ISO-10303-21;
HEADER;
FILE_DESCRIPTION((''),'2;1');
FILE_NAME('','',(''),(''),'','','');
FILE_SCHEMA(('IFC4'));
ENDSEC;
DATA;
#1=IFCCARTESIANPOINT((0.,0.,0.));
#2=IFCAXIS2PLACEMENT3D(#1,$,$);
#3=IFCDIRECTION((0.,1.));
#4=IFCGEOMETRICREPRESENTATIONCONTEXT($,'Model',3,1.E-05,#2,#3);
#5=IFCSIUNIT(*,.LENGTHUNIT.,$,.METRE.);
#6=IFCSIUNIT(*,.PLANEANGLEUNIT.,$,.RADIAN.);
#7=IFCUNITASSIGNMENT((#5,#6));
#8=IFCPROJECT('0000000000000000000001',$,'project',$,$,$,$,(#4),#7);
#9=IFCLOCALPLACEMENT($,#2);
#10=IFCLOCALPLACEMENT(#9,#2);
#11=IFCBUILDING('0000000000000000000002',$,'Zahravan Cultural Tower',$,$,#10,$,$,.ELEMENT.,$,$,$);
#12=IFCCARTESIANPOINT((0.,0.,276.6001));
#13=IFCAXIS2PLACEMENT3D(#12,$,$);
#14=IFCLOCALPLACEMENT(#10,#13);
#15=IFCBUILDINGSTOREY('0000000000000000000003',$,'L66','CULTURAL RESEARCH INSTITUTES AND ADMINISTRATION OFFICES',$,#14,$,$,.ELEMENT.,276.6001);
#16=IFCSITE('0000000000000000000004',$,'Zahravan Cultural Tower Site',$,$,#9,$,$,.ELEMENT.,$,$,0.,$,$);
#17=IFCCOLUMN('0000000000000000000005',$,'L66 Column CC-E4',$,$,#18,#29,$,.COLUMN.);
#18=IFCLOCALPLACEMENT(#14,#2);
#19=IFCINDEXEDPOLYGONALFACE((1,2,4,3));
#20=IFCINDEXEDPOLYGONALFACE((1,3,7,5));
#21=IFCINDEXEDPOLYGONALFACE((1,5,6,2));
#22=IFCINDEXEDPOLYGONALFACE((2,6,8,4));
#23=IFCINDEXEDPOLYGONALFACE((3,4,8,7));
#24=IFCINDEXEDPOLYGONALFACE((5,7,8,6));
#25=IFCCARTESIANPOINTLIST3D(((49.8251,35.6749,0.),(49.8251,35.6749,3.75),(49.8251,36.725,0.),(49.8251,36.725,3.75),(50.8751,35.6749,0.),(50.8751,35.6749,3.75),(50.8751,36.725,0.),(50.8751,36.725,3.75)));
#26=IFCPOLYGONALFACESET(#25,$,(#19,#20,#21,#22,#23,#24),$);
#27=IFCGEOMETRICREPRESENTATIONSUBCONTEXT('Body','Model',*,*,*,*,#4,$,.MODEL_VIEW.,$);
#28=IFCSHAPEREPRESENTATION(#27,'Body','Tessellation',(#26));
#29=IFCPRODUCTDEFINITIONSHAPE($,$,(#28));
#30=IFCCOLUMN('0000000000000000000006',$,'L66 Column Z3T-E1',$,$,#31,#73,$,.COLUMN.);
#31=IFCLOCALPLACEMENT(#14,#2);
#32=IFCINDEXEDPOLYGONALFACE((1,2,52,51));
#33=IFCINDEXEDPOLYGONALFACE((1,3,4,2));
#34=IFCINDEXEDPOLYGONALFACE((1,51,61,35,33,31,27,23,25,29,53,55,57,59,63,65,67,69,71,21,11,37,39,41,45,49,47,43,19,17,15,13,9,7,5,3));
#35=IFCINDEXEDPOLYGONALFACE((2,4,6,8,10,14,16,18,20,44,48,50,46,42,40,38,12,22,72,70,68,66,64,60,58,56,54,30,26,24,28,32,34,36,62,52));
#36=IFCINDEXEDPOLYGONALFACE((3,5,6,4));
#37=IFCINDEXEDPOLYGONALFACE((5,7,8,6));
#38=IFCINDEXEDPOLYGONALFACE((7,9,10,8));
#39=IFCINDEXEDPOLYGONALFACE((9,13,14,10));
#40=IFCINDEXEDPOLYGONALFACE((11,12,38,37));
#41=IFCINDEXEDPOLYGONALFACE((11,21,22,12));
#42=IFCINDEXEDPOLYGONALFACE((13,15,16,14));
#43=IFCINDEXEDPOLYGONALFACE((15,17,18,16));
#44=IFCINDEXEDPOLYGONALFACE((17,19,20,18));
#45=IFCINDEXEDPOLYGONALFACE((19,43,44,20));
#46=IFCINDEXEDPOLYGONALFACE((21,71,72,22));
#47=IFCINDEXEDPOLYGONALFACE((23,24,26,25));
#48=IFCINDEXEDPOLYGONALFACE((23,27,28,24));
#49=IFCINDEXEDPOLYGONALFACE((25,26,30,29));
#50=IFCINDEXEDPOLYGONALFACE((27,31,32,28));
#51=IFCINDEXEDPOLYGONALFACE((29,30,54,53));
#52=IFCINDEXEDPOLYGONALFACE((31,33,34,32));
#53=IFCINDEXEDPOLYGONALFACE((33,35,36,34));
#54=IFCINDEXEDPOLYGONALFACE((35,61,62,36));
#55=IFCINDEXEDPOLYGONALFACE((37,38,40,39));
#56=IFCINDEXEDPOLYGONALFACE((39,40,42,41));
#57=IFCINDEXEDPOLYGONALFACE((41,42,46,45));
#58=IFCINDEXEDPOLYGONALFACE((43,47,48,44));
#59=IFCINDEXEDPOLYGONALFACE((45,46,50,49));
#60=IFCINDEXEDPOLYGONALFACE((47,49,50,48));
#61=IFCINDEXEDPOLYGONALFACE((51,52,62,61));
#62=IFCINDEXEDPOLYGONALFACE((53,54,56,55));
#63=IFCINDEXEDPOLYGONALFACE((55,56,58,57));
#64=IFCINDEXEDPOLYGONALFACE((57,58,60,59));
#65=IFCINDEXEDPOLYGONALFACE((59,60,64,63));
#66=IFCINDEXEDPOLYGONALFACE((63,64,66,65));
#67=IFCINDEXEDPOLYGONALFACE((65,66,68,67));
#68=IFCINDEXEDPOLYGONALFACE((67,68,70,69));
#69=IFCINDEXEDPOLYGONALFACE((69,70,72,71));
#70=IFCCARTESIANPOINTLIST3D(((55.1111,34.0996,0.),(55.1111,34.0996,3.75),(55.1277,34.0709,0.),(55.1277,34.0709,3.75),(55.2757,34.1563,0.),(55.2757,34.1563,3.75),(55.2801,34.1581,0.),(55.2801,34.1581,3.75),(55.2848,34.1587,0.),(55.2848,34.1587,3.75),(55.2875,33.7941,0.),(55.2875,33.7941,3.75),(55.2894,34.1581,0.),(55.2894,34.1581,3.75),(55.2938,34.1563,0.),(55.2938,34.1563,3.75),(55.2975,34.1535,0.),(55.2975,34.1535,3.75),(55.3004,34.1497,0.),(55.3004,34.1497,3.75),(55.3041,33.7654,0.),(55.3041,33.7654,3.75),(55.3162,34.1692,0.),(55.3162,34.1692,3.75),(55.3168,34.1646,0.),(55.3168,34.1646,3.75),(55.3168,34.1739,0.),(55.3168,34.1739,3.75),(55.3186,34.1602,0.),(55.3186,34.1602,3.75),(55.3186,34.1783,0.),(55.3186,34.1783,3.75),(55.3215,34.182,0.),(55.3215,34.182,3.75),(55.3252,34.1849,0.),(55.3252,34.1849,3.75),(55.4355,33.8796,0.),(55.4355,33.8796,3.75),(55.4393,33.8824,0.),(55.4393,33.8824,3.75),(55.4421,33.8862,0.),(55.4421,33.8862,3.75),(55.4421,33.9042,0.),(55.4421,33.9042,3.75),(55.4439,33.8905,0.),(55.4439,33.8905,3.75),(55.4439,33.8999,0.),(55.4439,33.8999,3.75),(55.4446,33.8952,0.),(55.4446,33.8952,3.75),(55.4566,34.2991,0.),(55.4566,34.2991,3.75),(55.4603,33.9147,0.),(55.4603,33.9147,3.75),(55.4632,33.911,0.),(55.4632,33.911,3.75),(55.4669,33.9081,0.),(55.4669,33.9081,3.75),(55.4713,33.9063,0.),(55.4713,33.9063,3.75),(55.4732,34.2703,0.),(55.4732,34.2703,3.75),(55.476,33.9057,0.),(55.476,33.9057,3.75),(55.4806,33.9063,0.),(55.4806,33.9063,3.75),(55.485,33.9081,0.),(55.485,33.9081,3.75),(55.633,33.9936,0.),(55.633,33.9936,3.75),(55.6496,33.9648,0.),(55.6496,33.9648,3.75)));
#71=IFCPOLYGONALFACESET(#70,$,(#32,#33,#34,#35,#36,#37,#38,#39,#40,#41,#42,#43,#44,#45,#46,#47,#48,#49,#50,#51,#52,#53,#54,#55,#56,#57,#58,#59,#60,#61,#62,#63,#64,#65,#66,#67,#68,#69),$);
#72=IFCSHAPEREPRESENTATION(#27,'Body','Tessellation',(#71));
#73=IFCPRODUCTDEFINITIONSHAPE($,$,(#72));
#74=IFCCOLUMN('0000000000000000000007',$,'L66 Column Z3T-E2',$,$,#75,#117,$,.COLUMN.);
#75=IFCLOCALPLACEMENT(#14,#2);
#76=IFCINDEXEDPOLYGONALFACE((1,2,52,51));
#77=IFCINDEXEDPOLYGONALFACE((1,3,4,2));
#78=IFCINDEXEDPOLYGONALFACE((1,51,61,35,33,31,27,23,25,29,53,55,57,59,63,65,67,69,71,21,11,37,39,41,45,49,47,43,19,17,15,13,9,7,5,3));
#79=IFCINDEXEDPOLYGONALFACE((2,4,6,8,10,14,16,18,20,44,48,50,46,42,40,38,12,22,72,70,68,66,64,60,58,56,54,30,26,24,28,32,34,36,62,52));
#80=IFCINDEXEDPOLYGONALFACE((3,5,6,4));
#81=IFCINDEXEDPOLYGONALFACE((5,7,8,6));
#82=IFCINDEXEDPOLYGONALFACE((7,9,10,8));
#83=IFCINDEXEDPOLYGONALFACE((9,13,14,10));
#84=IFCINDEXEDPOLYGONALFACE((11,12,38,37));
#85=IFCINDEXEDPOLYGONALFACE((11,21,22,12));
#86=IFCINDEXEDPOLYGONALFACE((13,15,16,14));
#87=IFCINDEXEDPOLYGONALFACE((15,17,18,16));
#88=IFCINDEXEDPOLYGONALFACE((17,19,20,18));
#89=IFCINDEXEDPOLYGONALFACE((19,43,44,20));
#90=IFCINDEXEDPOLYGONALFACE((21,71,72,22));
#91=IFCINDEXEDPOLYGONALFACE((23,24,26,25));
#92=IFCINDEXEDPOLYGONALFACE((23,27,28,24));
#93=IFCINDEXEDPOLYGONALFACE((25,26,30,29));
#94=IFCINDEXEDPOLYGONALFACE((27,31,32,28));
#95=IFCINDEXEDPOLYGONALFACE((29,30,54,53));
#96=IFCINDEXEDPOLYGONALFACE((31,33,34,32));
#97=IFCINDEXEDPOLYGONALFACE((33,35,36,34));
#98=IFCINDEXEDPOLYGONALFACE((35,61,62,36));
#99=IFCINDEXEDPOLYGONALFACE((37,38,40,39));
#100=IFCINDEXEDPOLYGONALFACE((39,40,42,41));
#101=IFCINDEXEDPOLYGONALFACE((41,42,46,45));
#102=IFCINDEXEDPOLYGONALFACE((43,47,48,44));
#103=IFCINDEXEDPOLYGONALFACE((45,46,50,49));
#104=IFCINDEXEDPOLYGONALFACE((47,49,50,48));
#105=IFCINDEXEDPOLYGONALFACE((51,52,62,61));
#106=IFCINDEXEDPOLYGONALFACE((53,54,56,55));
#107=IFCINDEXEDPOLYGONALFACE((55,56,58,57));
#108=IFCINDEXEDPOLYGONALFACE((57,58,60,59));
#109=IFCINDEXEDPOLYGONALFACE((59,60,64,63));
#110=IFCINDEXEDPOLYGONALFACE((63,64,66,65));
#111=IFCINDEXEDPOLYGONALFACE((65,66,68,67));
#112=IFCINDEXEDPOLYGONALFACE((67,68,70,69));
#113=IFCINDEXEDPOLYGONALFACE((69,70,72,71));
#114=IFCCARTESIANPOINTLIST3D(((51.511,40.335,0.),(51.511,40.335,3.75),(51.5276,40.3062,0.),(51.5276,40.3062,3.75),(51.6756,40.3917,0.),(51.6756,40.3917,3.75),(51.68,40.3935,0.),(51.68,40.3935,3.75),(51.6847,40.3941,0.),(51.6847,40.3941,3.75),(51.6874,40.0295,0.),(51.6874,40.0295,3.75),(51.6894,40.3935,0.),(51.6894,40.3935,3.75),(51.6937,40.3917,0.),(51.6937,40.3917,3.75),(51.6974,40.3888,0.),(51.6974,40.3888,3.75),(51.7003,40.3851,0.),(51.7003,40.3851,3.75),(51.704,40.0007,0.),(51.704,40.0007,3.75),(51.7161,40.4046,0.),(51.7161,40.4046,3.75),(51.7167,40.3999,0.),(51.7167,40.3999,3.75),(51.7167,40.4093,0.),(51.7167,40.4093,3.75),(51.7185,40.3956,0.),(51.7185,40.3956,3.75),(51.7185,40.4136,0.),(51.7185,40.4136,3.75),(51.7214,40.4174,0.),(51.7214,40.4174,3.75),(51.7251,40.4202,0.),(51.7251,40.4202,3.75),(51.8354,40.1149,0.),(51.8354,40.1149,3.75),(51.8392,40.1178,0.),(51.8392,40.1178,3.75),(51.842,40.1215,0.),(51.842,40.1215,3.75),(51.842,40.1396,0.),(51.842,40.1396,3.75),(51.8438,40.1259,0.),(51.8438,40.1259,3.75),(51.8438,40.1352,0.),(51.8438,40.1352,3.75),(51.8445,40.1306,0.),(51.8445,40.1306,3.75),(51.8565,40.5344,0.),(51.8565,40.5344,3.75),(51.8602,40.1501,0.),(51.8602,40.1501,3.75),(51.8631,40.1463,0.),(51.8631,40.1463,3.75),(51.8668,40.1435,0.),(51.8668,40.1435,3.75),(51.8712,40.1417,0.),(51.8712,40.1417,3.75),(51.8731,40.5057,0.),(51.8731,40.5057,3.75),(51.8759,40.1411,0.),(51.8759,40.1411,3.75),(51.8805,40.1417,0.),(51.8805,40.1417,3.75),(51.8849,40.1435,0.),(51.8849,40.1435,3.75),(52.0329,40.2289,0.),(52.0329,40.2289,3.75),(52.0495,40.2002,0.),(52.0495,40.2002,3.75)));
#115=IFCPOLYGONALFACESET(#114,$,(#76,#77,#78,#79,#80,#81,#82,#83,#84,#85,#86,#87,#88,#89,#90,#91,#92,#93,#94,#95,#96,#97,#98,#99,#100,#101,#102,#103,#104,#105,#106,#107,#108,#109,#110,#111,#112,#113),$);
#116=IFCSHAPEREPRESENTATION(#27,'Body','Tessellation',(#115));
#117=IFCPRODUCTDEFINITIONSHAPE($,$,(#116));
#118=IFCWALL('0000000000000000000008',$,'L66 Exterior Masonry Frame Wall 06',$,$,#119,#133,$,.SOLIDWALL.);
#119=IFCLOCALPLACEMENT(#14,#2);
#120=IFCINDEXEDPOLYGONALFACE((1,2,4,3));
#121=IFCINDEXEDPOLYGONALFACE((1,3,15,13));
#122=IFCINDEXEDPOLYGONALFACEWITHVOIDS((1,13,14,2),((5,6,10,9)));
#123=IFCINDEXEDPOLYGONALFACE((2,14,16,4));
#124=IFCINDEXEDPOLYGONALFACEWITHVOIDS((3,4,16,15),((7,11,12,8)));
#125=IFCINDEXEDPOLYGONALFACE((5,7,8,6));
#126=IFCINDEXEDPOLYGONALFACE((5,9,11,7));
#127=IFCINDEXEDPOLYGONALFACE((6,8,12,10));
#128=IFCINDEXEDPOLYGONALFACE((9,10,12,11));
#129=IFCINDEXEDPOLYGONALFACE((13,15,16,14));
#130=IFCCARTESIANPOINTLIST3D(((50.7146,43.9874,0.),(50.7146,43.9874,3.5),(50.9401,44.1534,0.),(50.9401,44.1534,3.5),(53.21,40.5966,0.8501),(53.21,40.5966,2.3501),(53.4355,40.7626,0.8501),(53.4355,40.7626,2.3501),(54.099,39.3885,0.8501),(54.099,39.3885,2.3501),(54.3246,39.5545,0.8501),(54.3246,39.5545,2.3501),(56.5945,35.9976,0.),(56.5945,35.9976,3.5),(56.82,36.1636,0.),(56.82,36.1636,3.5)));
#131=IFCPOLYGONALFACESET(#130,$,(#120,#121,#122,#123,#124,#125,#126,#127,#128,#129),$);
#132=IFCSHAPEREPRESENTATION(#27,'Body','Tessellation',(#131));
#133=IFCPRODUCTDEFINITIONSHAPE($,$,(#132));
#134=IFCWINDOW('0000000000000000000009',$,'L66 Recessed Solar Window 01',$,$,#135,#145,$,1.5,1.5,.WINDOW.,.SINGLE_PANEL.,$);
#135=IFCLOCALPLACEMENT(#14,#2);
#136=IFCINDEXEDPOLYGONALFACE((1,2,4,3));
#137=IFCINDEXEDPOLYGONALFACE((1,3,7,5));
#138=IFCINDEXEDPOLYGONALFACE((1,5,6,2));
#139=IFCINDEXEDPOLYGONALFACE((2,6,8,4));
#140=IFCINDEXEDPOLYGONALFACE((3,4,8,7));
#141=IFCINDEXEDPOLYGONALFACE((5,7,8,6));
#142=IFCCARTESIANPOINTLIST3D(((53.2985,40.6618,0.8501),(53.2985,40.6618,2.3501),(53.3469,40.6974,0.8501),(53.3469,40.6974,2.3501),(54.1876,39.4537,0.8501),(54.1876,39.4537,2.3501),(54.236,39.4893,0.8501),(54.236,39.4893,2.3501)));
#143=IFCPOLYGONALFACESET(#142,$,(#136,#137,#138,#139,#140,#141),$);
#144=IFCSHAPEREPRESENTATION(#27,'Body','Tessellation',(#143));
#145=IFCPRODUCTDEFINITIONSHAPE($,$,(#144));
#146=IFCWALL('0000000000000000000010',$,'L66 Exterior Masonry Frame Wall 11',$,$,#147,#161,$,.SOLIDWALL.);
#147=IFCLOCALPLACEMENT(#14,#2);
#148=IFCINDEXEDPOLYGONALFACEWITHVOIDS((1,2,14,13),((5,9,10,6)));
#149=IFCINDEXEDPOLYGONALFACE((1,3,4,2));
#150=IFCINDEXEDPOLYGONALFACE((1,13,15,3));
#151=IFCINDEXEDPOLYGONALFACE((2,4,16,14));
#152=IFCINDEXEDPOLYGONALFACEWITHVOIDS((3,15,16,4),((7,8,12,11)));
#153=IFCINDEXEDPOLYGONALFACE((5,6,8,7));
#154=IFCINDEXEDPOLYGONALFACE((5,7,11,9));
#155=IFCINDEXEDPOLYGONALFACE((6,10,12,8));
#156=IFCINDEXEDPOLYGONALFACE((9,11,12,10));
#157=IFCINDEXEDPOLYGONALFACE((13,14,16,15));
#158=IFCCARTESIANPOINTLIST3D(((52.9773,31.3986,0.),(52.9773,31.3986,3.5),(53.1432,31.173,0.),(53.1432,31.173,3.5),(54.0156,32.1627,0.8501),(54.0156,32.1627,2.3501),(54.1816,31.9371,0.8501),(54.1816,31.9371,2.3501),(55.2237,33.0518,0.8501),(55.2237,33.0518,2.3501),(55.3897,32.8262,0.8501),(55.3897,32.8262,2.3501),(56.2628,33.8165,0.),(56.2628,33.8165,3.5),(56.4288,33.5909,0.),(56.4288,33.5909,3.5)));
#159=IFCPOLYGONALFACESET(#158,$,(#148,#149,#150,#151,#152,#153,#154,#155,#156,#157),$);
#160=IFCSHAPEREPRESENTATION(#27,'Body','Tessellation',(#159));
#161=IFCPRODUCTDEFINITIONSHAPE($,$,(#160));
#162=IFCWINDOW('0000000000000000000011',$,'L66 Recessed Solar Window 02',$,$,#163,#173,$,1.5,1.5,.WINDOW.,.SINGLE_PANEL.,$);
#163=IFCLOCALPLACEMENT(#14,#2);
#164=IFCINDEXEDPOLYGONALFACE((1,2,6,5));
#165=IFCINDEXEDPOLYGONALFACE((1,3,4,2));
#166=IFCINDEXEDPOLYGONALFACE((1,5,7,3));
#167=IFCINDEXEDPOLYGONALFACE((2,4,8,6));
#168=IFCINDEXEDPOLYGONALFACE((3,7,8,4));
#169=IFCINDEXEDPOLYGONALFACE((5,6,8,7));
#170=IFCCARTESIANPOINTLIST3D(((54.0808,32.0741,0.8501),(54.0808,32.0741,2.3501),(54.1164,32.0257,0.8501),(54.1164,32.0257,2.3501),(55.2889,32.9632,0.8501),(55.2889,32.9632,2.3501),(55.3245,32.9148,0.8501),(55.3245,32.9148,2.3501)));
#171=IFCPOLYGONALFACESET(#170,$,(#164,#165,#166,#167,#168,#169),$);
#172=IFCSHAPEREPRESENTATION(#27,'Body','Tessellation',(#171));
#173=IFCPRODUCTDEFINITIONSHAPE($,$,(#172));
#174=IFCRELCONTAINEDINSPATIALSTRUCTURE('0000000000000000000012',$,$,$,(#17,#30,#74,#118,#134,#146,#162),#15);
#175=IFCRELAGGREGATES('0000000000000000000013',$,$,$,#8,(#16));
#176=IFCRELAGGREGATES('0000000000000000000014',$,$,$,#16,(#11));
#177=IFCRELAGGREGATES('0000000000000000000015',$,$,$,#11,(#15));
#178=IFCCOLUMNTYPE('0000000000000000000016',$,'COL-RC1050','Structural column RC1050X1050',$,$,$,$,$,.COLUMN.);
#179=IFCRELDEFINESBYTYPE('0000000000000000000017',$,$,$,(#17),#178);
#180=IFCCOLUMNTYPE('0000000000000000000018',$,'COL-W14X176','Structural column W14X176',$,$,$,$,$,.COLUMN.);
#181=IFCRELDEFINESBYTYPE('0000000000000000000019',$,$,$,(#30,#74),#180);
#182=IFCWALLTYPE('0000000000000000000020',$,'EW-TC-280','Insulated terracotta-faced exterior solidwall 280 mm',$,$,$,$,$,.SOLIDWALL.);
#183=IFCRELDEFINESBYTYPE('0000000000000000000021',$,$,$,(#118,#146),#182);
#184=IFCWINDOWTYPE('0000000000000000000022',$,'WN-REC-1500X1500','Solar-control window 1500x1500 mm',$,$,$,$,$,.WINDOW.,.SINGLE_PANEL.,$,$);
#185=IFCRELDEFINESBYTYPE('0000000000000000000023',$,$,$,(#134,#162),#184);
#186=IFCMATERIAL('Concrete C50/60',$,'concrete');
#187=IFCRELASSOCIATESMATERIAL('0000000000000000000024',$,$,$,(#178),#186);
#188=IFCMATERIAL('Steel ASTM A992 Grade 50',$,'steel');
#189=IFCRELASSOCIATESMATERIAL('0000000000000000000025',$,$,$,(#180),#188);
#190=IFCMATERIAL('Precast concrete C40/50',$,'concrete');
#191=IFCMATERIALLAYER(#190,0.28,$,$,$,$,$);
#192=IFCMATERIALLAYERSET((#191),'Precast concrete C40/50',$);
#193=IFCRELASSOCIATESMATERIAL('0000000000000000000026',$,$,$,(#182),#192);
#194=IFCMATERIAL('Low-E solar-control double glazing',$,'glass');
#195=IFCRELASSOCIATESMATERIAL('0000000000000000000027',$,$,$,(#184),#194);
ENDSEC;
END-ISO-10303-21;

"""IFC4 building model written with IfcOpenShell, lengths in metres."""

from ifc_helpers import new_model, si_unit, direction, frame, frame_2d, origin, origin_2d, place, context, subcontext, project, spatial, rectangle, i_section, extrude, source, transform, mapped, material, layer, layer_set, material_profile, profile_set, type_object, element, fill, save


model = new_model("IFC4")

# Units and contexts
model_context = context("Model", 3, precision=1e-05, world=origin(), true_north=direction((0.0, 1.0)))
body_context = subcontext(model_context, "Body", "Model", "MODEL_VIEW")
ifc_project = project(units=[si_unit("LENGTHUNIT", "METRE"), si_unit("PLANEANGLEUNIT", "RADIAN")], contexts=[model_context])

# Site, building, storey
site_placement = place(None, origin())
site = spatial("IfcSite", under=ifc_project, at=site_placement, Name="Zahravan Cultural Tower Site", CompositionType="ELEMENT", RefElevation=0.0)
building_placement = place(site_placement, origin())
building = spatial("IfcBuilding", under=site, at=building_placement, Name="Zahravan Cultural Tower", CompositionType="ELEMENT")
storey_placement = place(building_placement, frame((0.0, 0.0, 276.6001)))
storey = spatial("IfcBuildingStorey", under=building, at=storey_placement, Name="L66", Description="CULTURAL RESEARCH INSTITUTES AND ADMINISTRATION OFFICES", CompositionType="ELEMENT", Elevation=276.6001)

# Columns
ifc_material_1 = material(Name="Concrete C50/60", Category="concrete")
ifc_material_profile_1 = material_profile(ifc_material_1, rectangle(XDim=1.05, YDim=1.05, at=origin_2d()), Name="RC1050X1050")
ifc_profile_set_1 = profile_set([ifc_material_profile_1], Name="Concrete C50/60")
column_type_1 = type_object("IfcColumnType", Name="COL-RC1050", Description="Structural column RC1050X1050", PredefinedType="COLUMN", material=ifc_profile_set_1)
shared_shape_1 = source(origin(), body_context, "Body", "SweptSolid", [
    extrude(rectangle(XDim=1.05, YDim=1.05, at=origin_2d()), origin(), (0.0, 0.0, 1.0), 3.75),
])
column_placement = place(storey_placement, frame((50.3501, 36.2, 0.0), z_axis=(0.0, 0.0, 1.0), x_axis=(1.0, 0.0, 0.0)))
element("IfcColumn", 1, at=column_placement, inside=storey, type_object=column_type_1, Name="L66 Column CC-E4", PredefinedType="COLUMN", context=body_context, shape_type="MappedRepresentation", body=[
    mapped(shared_shape_1, transform((0.0, 0.0, 0.0), x_axis=(1.0, 0.0, 0.0), y_axis=(0.0, 1.0, 0.0), z_axis=(0.0, 0.0, 1.0), scale=1.0)),
])
ifc_material_2 = material(Name="Steel ASTM A992 Grade 50", Category="steel")
ifc_material_profile_2 = material_profile(ifc_material_2, i_section(OverallWidth=0.3989, OverallDepth=0.386, WebThickness=0.021, FlangeThickness=0.0332, FilletRadius=0.0181, at=origin_2d()), Name="W14X176")
ifc_profile_set_2 = profile_set([ifc_material_profile_2], Name="Steel ASTM A992 Grade 50")
column_type_2 = type_object("IfcColumnType", Name="COL-W14X176", Description="Structural column W14X176", PredefinedType="COLUMN", material=ifc_profile_set_2)
shared_shape_2 = source(origin(), body_context, "Body", "SweptSolid", [
    extrude(i_section(OverallWidth=0.3989, OverallDepth=0.386, WebThickness=0.021, FlangeThickness=0.0332, FilletRadius=0.0181, at=origin_2d()), origin(), (0.0, 0.0, 1.0), 3.75),
])
for number, where, z_axis, x_axis, name in (
    (2, (55.3804, 34.0322, 0.0), (0.0, 0.0, 1.0), (0.866025, 0.5, 0.0), "L66 Column Z3T-E1"),
    (3, (51.7803, 40.2676, 0.0), (0.0, 0.0, 1.0), (0.866025, 0.5, 0.0), "L66 Column Z3T-E2"),
):
    element("IfcColumn", number, at=place(storey_placement, frame(where, z_axis=z_axis, x_axis=x_axis)), inside=storey, type_object=column_type_2, Name=name, PredefinedType="COLUMN", context=body_context, shape_type="MappedRepresentation", body=[
        mapped(shared_shape_2, transform((0.0, 0.0, 0.0), x_axis=(1.0, 0.0, 0.0), y_axis=(0.0, 1.0, 0.0), z_axis=(0.0, 0.0, 1.0), scale=1.0)),
    ])

# Walls, openings, windows
ifc_material_3 = material(Name="Precast concrete C40/50", Category="concrete")
ifc_layer_1 = layer(ifc_material_3, 0.28)
ifc_layer_set_1 = layer_set([ifc_layer_1], Name="Precast concrete C40/50")
wall_type_1 = type_object("IfcWallType", Name="EW-TC-280", Description="Insulated terracotta-faced exterior solidwall 280 mm", PredefinedType="SOLIDWALL", material=ifc_layer_set_1)
wall_1_placement = place(storey_placement, frame((50.8274, 44.0703, 0.0), z_axis=(0.0, 0.0, 1.0), x_axis=(0.592722, -0.805407, 0.0)))
wall_1 = element("IfcWall", 4, at=wall_1_placement, inside=storey, type_object=wall_type_1, Name="L66 Exterior Masonry Frame Wall 06", PredefinedType="SOLIDWALL", context=body_context, shape_type="SweptSolid", body=[
    extrude(rectangle(XDim=9.9202, YDim=0.28, at=frame_2d((4.96, 0.0))), origin(), (0.0, 0.0, 1.0), 3.5),
])
opening_1_placement = place(wall_1_placement, frame((4.21, 0.0, 0.8501)))
opening_1 = element("IfcOpeningElement", 5, at=opening_1_placement, cuts=wall_1, PredefinedType="OPENING", context=body_context, shape_type="SweptSolid", body=[
    extrude(rectangle(XDim=1.5, YDim=1.5, at=frame_2d((0.75, 0.75))), frame((0.0, 0.1499, 0.0), z_axis=(0.0, -1.0, 0.0), x_axis=(1.0, 0.0, 0.0)), (0.0, 0.0, 1.0), 0.3),
])
ifc_material_4 = material(Name="Low-E solar-control double glazing", Category="glass")
window_type = type_object("IfcWindowType", Name="WN-REC-1500X1500", Description="Solar-control window 1500x1500 mm", PartitioningType="SINGLE_PANEL", PredefinedType="WINDOW", material=ifc_material_4)
shared_shape_3 = source(origin(), body_context, "Body", "SweptSolid", [
    extrude(rectangle(XDim=1.5, YDim=1.5, at=frame_2d((0.75, 0.75))), frame((0.0, 0.03, 0.0), z_axis=(0.0, -1.0, 0.0), x_axis=(1.0, 0.0, 0.0)), (0.0, 0.0, 1.0), 0.0601),
])
window_1_placement = place(opening_1_placement, origin())
window_1 = element("IfcWindow", 6, at=window_1_placement, inside=storey, type_object=window_type, Name="L66 Recessed Solar Window 01", OverallHeight=1.5, OverallWidth=1.5, PartitioningType="SINGLE_PANEL", PredefinedType="WINDOW", context=body_context, shape_type="MappedRepresentation", body=[
    mapped(shared_shape_3, transform((0.0, 0.0, 0.0), x_axis=(1.0, 0.0, 0.0), y_axis=(0.0, 1.0, 0.0), z_axis=(0.0, 0.0, 1.0), scale=1.0)),
])
fill(opening_1, window_1)
wall_2_placement = place(storey_placement, frame((56.3457, 33.7036, 0.0), z_axis=(0.0, 0.0, 1.0), x_axis=(-0.805411, -0.592717, 0.0)))
wall_2 = element("IfcWall", 7, at=wall_2_placement, inside=storey, type_object=wall_type_1, Name="L66 Exterior Masonry Frame Wall 11", PredefinedType="SOLIDWALL", context=body_context, shape_type="SweptSolid", body=[
    extrude(rectangle(XDim=4.0793, YDim=0.28, at=frame_2d((2.0396, 0.0))), origin(), (0.0, 0.0, 1.0), 3.5),
])
opening_2_placement = place(wall_2_placement, frame((1.29, 0.0, 0.8501)))
opening_2 = element("IfcOpeningElement", 8, at=opening_2_placement, cuts=wall_2, PredefinedType="OPENING", context=body_context, shape_type="SweptSolid", body=[
    extrude(rectangle(XDim=1.5, YDim=1.5, at=frame_2d((0.75, 0.75))), frame((0.0, 0.1499, 0.0), z_axis=(0.0, -1.0, 0.0), x_axis=(1.0, 0.0, 0.0)), (0.0, 0.0, 1.0), 0.3),
])
window_2_placement = place(opening_2_placement, origin())
window_2 = element("IfcWindow", 9, at=window_2_placement, inside=storey, type_object=window_type, Name="L66 Recessed Solar Window 02", OverallHeight=1.5, OverallWidth=1.5, PartitioningType="SINGLE_PANEL", PredefinedType="WINDOW", context=body_context, shape_type="MappedRepresentation", body=[
    mapped(shared_shape_3, transform((0.0, 0.0, 0.0), x_axis=(1.0, 0.0, 0.0), y_axis=(0.0, 1.0, 0.0), z_axis=(0.0, 0.0, 1.0), scale=1.0)),
])
fill(opening_2, window_2)

save(model, "model.ifc")
